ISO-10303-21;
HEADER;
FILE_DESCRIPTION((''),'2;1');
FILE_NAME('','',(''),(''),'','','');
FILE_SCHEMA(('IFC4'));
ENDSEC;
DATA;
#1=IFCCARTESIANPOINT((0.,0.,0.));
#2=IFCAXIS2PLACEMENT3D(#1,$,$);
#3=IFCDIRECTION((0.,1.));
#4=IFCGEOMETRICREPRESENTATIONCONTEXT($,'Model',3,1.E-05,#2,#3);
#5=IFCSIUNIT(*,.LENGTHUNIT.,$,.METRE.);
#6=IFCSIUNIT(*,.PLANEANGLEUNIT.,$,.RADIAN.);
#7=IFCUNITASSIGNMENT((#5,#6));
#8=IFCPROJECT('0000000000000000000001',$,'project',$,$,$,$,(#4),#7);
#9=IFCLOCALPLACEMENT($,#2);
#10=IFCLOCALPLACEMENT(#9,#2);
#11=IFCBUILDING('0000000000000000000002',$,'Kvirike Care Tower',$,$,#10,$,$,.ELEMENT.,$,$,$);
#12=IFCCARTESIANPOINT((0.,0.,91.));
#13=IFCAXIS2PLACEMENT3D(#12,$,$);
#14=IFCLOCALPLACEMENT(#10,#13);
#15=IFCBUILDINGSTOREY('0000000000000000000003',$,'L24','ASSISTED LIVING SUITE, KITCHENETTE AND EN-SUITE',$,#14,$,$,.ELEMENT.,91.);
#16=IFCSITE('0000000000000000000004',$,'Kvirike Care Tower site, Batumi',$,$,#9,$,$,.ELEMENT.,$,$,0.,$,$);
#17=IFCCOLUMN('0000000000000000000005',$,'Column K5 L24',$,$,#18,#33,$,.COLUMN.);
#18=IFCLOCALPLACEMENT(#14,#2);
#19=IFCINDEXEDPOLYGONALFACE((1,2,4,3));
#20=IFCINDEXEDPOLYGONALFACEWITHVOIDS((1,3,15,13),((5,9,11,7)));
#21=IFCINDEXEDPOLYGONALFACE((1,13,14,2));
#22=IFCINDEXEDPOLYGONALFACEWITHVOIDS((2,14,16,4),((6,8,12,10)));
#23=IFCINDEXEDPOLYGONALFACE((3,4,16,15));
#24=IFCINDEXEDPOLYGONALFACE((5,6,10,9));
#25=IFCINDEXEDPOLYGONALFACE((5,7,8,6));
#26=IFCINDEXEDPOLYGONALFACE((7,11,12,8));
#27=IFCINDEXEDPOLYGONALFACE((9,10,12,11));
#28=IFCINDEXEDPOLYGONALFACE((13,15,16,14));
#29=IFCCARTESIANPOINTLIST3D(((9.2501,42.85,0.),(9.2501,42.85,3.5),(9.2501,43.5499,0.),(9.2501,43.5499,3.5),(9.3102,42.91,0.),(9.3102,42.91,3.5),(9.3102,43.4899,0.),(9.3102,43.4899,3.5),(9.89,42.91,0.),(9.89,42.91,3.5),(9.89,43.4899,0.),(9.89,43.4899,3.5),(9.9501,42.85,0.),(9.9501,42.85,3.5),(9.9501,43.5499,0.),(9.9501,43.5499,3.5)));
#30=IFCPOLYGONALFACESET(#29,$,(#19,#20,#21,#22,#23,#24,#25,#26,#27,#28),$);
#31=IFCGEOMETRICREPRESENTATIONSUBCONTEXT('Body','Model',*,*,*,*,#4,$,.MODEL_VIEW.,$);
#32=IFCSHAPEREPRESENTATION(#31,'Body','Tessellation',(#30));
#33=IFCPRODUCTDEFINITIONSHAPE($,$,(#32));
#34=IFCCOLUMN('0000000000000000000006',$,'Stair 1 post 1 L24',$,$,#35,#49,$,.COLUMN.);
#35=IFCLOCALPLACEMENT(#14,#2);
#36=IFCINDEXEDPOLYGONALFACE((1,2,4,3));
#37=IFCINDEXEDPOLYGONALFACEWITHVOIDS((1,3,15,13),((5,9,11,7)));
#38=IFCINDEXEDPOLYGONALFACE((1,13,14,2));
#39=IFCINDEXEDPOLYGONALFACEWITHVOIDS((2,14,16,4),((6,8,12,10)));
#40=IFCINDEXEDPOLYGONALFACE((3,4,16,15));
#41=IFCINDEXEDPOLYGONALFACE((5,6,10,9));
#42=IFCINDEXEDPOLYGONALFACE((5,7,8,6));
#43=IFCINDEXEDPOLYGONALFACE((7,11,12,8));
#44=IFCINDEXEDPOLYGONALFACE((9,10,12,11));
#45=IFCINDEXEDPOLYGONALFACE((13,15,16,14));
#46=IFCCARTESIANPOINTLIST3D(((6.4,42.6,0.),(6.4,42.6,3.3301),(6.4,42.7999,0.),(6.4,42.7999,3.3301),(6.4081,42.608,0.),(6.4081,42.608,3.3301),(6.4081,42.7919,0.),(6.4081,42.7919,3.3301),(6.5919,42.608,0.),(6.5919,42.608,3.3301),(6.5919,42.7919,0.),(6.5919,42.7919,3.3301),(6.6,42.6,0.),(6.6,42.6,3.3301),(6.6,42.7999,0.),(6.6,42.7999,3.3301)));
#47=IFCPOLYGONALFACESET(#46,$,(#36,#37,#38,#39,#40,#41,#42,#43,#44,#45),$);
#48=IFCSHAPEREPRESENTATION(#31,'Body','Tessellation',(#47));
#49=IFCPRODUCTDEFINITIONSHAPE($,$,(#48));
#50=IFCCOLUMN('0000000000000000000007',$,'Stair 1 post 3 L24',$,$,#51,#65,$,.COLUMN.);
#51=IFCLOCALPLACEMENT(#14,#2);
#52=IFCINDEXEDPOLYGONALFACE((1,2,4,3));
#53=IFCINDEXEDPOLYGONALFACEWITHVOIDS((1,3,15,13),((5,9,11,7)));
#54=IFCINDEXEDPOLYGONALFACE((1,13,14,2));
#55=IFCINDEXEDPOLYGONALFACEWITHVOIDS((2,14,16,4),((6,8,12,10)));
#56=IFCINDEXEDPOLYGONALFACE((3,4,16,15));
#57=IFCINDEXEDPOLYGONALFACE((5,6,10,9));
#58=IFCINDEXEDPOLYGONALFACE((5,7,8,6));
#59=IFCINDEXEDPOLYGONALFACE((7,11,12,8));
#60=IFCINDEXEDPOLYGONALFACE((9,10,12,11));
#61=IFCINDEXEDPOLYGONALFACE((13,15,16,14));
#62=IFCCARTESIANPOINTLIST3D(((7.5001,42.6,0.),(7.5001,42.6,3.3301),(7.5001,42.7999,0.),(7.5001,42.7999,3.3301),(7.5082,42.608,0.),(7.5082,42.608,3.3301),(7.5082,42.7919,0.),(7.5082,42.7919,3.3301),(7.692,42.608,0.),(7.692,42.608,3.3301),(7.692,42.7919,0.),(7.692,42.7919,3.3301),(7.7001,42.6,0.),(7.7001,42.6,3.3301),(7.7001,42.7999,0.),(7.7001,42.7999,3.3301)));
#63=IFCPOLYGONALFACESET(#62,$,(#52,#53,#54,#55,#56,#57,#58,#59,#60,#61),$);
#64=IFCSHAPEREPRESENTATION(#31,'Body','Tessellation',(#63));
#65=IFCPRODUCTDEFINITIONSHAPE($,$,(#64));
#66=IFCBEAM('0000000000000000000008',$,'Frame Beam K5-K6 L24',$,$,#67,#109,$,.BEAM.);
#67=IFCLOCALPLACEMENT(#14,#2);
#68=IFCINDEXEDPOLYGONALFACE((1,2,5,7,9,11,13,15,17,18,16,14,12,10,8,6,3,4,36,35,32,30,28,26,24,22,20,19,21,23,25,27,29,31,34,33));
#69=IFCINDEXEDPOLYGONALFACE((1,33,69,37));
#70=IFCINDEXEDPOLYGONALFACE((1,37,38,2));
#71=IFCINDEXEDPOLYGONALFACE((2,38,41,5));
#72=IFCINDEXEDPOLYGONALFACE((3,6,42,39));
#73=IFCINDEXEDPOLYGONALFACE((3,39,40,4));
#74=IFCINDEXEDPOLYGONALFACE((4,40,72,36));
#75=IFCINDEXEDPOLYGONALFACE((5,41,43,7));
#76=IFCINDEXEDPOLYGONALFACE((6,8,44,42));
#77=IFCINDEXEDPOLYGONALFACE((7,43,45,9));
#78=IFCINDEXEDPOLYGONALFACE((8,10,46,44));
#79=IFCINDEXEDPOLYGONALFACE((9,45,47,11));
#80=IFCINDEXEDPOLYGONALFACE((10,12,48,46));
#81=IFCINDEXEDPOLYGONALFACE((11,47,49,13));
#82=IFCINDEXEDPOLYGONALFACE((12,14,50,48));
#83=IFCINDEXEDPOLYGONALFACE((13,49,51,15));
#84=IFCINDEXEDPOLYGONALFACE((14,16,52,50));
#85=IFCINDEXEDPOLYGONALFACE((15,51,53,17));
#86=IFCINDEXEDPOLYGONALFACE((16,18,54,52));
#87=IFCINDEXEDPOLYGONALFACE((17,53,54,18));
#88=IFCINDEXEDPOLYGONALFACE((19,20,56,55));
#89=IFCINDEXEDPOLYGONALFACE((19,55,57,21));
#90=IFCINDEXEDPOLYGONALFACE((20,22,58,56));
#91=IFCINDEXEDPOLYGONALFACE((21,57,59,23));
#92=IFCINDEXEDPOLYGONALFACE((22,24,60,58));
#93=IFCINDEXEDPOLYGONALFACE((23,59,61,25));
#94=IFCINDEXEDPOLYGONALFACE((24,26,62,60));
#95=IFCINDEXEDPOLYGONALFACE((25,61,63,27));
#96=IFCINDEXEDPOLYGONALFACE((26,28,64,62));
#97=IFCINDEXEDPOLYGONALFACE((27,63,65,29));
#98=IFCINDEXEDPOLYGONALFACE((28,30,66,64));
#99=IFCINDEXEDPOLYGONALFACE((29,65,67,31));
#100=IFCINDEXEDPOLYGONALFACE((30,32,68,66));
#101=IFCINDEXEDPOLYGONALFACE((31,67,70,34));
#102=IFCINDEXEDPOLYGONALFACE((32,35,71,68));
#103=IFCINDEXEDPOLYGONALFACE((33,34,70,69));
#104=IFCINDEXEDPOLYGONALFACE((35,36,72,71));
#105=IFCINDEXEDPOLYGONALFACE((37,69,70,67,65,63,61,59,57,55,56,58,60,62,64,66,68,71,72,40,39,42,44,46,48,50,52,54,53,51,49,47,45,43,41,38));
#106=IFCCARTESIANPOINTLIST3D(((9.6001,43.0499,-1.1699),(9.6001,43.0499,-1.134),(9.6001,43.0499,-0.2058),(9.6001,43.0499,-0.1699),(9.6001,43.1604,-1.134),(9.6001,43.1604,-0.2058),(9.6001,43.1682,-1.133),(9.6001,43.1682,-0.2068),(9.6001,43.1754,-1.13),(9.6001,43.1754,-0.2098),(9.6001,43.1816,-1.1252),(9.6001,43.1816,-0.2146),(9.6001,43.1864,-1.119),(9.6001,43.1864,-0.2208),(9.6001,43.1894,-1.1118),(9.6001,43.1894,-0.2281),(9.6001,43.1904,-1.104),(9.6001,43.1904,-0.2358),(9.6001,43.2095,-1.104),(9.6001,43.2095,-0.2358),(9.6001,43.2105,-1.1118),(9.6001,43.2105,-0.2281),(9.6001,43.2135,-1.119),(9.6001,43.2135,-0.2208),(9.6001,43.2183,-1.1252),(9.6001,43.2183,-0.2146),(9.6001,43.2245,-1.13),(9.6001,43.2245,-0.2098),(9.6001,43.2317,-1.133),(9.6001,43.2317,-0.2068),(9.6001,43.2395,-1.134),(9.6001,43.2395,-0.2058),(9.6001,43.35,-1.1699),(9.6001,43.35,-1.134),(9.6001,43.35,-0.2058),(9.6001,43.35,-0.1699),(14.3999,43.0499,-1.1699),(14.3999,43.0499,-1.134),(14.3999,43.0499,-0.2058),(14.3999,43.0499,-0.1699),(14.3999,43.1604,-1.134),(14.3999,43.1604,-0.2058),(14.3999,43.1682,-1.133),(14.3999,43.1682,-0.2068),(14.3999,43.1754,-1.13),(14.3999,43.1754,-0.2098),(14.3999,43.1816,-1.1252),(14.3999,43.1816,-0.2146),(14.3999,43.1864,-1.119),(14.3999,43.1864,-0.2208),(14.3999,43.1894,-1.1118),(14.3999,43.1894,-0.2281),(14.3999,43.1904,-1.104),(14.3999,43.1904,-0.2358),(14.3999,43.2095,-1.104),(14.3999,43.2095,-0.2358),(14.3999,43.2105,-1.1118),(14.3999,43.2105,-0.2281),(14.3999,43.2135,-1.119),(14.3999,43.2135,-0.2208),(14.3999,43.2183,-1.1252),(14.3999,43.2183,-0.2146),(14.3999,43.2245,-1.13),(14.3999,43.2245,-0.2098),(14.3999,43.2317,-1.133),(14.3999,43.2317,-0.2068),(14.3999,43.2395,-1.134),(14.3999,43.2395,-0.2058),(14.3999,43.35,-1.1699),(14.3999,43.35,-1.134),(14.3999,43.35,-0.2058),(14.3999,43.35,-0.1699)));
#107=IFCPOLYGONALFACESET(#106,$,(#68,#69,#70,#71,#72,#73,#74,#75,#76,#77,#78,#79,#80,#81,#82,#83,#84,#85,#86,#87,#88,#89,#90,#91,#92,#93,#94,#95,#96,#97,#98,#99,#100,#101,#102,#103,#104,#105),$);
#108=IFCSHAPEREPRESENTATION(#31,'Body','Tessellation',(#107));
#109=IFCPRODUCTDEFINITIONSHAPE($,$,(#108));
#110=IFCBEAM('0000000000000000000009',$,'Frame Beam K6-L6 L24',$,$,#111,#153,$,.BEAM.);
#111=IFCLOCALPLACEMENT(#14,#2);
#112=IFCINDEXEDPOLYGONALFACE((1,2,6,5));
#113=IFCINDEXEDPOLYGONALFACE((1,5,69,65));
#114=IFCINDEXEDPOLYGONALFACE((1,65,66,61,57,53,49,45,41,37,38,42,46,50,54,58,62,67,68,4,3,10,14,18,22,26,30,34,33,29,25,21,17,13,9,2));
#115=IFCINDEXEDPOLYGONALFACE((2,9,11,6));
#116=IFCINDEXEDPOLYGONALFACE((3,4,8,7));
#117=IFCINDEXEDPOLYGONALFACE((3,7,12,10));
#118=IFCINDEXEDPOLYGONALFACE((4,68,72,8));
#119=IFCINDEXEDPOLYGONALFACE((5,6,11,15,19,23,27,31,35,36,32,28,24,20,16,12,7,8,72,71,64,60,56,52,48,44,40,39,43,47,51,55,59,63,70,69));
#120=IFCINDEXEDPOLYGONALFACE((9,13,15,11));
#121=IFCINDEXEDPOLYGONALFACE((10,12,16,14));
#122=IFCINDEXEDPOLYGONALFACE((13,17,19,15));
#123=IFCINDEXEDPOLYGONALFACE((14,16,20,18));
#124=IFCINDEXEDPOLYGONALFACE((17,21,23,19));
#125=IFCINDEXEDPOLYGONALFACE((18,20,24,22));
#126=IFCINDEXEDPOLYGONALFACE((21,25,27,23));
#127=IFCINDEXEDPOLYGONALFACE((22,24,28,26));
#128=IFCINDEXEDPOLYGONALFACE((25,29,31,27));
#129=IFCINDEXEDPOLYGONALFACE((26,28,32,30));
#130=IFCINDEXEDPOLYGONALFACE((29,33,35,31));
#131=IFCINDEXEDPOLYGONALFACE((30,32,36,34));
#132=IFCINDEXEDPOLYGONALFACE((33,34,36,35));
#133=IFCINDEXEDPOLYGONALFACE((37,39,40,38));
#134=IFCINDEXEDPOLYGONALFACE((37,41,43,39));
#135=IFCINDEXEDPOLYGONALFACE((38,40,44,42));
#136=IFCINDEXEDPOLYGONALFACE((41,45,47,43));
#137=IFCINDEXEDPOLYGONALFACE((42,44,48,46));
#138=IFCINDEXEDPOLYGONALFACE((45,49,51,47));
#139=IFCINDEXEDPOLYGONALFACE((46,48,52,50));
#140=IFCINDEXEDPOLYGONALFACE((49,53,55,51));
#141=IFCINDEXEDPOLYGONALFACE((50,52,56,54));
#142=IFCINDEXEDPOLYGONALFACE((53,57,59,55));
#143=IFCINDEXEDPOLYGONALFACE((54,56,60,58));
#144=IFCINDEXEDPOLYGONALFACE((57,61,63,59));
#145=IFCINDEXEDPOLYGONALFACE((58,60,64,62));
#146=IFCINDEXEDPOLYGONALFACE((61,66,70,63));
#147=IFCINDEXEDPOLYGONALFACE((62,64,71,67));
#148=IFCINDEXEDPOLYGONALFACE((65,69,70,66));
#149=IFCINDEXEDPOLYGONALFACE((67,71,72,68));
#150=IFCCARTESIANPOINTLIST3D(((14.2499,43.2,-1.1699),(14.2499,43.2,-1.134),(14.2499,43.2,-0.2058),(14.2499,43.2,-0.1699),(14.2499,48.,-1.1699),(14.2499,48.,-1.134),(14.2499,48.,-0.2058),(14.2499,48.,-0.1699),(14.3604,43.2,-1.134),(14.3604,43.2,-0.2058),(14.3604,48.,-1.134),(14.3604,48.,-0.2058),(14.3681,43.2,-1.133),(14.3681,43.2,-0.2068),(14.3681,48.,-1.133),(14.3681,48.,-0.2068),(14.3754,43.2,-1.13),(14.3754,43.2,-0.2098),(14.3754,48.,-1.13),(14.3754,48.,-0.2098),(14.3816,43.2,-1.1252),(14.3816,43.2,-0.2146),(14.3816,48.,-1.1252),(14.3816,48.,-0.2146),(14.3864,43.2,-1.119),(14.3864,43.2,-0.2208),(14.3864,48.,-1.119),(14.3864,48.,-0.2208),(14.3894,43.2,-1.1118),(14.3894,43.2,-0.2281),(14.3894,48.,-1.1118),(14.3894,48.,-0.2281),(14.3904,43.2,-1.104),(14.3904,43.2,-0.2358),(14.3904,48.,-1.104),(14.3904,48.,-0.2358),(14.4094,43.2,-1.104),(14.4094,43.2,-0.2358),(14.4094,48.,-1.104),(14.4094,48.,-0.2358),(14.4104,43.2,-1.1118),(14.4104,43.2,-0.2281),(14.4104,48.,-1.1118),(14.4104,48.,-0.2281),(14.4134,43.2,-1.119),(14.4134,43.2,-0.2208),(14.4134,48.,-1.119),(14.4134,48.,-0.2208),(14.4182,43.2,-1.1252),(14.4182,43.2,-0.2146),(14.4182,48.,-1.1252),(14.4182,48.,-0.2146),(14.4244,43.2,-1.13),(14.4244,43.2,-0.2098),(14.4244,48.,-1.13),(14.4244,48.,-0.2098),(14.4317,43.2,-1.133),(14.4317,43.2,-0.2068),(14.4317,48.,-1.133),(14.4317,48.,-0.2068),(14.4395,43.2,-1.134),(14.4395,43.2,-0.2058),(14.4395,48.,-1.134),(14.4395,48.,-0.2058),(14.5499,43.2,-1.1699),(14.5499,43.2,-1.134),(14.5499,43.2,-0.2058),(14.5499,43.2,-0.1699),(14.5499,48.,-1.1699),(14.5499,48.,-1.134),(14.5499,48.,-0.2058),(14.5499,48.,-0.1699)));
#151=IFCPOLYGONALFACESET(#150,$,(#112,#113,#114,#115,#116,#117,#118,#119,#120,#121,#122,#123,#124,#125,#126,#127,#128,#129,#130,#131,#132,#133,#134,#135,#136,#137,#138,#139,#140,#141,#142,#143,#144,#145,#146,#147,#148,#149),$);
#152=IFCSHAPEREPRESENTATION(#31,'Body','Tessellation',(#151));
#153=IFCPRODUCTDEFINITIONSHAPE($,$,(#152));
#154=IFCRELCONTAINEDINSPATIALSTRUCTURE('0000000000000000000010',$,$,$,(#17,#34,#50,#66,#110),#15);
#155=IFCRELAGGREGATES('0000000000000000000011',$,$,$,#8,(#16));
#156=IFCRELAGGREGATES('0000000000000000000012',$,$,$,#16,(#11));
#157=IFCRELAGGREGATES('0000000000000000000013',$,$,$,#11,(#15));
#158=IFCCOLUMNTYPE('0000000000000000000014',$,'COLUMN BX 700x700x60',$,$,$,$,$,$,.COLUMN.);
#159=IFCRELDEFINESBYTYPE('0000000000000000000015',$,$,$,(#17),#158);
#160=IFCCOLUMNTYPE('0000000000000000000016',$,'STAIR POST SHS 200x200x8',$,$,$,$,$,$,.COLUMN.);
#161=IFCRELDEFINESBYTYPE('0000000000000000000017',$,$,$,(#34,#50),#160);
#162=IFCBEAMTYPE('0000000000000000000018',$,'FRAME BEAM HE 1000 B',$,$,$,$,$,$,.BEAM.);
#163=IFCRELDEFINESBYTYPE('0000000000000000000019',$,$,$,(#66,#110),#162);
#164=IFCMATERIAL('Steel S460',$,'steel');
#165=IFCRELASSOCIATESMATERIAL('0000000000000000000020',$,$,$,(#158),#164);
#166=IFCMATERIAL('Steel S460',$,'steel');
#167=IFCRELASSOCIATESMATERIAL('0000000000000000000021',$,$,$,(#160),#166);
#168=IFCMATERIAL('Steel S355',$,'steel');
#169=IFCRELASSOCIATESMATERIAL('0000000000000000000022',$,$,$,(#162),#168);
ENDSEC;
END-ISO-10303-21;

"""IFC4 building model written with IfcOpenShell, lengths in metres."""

from ifc_helpers import new_model, si_unit, direction, frame, origin, origin_2d, place, context, subcontext, project, spatial, hollow_rectangle, i_section, extrude, material, material_profile, profile_set, type_object, element, save


model = new_model("IFC4")

# Units and contexts
model_context = context("Model", 3, precision=1e-05, world=origin(), true_north=direction((0.0, 1.0)))
body_context = subcontext(model_context, "Body", "Model", "MODEL_VIEW")
ifc_project = project(units=[si_unit("LENGTHUNIT", "METRE"), si_unit("PLANEANGLEUNIT", "RADIAN")], contexts=[model_context])

# Site, building, storey
site_placement = place(None, origin())
site = spatial("IfcSite", under=ifc_project, at=site_placement, Name="Kvirike Care Tower site, Batumi", CompositionType="ELEMENT", RefElevation=0.0)
building_placement = place(site_placement, origin())
building = spatial("IfcBuilding", under=site, at=building_placement, Name="Kvirike Care Tower", CompositionType="ELEMENT")
storey_placement = place(building_placement, frame((0.0, 0.0, 91.0)))
storey = spatial("IfcBuildingStorey", under=building, at=storey_placement, Name="L24", Description="ASSISTED LIVING SUITE, KITCHENETTE AND EN-SUITE", CompositionType="ELEMENT", Elevation=91.0)

# Columns
ifc_material_1 = material(Name="Steel S460", Category="steel")
ifc_material_profile_1 = material_profile(ifc_material_1, hollow_rectangle(XDim=0.7, YDim=0.7, WallThickness=0.0601, at=origin_2d()), Name="BX 700x700x60")
ifc_profile_set_1 = profile_set([ifc_material_profile_1], Name="Steel S460")
column_type_1 = type_object("IfcColumnType", Name="COLUMN BX 700x700x60", PredefinedType="COLUMN", material=ifc_profile_set_1)
column_placement = place(storey_placement, frame((9.6001, 43.2, 0.0), z_axis=(0.0, 0.0, 1.0), x_axis=(0.0, 1.0, 0.0)))
element("IfcColumn", 1, at=column_placement, inside=storey, type_object=column_type_1, Name="Column K5 L24", PredefinedType="COLUMN", context=body_context, shape_type="SweptSolid", body=[
    extrude(hollow_rectangle(XDim=0.7, YDim=0.7, WallThickness=0.0601, at=origin_2d()), origin(), (0.0, 0.0, 1.0), 3.5),
])
ifc_material_2 = material(Name="Steel S460", Category="steel")
ifc_material_profile_2 = material_profile(ifc_material_2, hollow_rectangle(XDim=0.2, YDim=0.2, WallThickness=0.0081, at=origin_2d()), Name="SHS 200x200x8")
ifc_profile_set_2 = profile_set([ifc_material_profile_2], Name="Steel S460")
column_type_2 = type_object("IfcColumnType", Name="STAIR POST SHS 200x200x8", PredefinedType="COLUMN", material=ifc_profile_set_2)
for number, where, z_axis, x_axis, name in (
    (2, (6.5, 42.7, 0.0), (0.0, 0.0, 1.0), (1.0, 0.0, 0.0), "Stair 1 post 1 L24"),
    (3, (7.6001, 42.7, 0.0), (0.0, 0.0, 1.0), (1.0, 0.0, 0.0), "Stair 1 post 3 L24"),
):
    element("IfcColumn", number, at=place(storey_placement, frame(where, z_axis=z_axis, x_axis=x_axis)), inside=storey, type_object=column_type_2, Name=name, PredefinedType="COLUMN", context=body_context, shape_type="SweptSolid", body=[
        extrude(hollow_rectangle(XDim=0.2, YDim=0.2, WallThickness=0.0081, at=origin_2d()), origin(), (0.0, 0.0, 1.0), 3.3301),
    ])

# Beams
ifc_material_3 = material(Name="Steel S355", Category="steel")
ifc_material_profile_3 = material_profile(ifc_material_3, i_section(OverallWidth=0.3, OverallDepth=1.0, WebThickness=0.019, FlangeThickness=0.0359, FilletRadius=0.03, at=origin_2d()), Name="HE 1000 B")
ifc_profile_set_3 = profile_set([ifc_material_profile_3], Name="Steel S355")
beam_type_1 = type_object("IfcBeamType", Name="FRAME BEAM HE 1000 B", PredefinedType="BEAM", material=ifc_profile_set_3)
beam_1_placement = place(storey_placement, frame((9.6001, 43.2, -0.6699), z_axis=(1.0, 0.0, 0.0), x_axis=(0.0, 1.0, 0.0)))
element("IfcBeam", 4, at=beam_1_placement, inside=storey, type_object=beam_type_1, Name="Frame Beam K5-K6 L24", PredefinedType="BEAM", context=body_context, shape_type="SweptSolid", body=[
    extrude(i_section(OverallWidth=0.3, OverallDepth=1.0, WebThickness=0.019, FlangeThickness=0.0359, FilletRadius=0.03, at=origin_2d()), origin(), (0.0, 0.0, 1.0), 4.7998),
])
beam_2_placement = place(storey_placement, frame((14.3999, 43.2, -0.6699), z_axis=(0.0, 1.0, 0.0), x_axis=(-1.0, 0.0, 0.0)))
element("IfcBeam", 5, at=beam_2_placement, inside=storey, type_object=beam_type_1, Name="Frame Beam K6-L6 L24", PredefinedType="BEAM", context=body_context, shape_type="SweptSolid", body=[
    extrude(i_section(OverallWidth=0.3, OverallDepth=1.0, WebThickness=0.019, FlangeThickness=0.0359, FilletRadius=0.03, at=origin_2d()), origin(), (0.0, 0.0, 1.0), 4.8),
])

save(model, "model.ifc")
